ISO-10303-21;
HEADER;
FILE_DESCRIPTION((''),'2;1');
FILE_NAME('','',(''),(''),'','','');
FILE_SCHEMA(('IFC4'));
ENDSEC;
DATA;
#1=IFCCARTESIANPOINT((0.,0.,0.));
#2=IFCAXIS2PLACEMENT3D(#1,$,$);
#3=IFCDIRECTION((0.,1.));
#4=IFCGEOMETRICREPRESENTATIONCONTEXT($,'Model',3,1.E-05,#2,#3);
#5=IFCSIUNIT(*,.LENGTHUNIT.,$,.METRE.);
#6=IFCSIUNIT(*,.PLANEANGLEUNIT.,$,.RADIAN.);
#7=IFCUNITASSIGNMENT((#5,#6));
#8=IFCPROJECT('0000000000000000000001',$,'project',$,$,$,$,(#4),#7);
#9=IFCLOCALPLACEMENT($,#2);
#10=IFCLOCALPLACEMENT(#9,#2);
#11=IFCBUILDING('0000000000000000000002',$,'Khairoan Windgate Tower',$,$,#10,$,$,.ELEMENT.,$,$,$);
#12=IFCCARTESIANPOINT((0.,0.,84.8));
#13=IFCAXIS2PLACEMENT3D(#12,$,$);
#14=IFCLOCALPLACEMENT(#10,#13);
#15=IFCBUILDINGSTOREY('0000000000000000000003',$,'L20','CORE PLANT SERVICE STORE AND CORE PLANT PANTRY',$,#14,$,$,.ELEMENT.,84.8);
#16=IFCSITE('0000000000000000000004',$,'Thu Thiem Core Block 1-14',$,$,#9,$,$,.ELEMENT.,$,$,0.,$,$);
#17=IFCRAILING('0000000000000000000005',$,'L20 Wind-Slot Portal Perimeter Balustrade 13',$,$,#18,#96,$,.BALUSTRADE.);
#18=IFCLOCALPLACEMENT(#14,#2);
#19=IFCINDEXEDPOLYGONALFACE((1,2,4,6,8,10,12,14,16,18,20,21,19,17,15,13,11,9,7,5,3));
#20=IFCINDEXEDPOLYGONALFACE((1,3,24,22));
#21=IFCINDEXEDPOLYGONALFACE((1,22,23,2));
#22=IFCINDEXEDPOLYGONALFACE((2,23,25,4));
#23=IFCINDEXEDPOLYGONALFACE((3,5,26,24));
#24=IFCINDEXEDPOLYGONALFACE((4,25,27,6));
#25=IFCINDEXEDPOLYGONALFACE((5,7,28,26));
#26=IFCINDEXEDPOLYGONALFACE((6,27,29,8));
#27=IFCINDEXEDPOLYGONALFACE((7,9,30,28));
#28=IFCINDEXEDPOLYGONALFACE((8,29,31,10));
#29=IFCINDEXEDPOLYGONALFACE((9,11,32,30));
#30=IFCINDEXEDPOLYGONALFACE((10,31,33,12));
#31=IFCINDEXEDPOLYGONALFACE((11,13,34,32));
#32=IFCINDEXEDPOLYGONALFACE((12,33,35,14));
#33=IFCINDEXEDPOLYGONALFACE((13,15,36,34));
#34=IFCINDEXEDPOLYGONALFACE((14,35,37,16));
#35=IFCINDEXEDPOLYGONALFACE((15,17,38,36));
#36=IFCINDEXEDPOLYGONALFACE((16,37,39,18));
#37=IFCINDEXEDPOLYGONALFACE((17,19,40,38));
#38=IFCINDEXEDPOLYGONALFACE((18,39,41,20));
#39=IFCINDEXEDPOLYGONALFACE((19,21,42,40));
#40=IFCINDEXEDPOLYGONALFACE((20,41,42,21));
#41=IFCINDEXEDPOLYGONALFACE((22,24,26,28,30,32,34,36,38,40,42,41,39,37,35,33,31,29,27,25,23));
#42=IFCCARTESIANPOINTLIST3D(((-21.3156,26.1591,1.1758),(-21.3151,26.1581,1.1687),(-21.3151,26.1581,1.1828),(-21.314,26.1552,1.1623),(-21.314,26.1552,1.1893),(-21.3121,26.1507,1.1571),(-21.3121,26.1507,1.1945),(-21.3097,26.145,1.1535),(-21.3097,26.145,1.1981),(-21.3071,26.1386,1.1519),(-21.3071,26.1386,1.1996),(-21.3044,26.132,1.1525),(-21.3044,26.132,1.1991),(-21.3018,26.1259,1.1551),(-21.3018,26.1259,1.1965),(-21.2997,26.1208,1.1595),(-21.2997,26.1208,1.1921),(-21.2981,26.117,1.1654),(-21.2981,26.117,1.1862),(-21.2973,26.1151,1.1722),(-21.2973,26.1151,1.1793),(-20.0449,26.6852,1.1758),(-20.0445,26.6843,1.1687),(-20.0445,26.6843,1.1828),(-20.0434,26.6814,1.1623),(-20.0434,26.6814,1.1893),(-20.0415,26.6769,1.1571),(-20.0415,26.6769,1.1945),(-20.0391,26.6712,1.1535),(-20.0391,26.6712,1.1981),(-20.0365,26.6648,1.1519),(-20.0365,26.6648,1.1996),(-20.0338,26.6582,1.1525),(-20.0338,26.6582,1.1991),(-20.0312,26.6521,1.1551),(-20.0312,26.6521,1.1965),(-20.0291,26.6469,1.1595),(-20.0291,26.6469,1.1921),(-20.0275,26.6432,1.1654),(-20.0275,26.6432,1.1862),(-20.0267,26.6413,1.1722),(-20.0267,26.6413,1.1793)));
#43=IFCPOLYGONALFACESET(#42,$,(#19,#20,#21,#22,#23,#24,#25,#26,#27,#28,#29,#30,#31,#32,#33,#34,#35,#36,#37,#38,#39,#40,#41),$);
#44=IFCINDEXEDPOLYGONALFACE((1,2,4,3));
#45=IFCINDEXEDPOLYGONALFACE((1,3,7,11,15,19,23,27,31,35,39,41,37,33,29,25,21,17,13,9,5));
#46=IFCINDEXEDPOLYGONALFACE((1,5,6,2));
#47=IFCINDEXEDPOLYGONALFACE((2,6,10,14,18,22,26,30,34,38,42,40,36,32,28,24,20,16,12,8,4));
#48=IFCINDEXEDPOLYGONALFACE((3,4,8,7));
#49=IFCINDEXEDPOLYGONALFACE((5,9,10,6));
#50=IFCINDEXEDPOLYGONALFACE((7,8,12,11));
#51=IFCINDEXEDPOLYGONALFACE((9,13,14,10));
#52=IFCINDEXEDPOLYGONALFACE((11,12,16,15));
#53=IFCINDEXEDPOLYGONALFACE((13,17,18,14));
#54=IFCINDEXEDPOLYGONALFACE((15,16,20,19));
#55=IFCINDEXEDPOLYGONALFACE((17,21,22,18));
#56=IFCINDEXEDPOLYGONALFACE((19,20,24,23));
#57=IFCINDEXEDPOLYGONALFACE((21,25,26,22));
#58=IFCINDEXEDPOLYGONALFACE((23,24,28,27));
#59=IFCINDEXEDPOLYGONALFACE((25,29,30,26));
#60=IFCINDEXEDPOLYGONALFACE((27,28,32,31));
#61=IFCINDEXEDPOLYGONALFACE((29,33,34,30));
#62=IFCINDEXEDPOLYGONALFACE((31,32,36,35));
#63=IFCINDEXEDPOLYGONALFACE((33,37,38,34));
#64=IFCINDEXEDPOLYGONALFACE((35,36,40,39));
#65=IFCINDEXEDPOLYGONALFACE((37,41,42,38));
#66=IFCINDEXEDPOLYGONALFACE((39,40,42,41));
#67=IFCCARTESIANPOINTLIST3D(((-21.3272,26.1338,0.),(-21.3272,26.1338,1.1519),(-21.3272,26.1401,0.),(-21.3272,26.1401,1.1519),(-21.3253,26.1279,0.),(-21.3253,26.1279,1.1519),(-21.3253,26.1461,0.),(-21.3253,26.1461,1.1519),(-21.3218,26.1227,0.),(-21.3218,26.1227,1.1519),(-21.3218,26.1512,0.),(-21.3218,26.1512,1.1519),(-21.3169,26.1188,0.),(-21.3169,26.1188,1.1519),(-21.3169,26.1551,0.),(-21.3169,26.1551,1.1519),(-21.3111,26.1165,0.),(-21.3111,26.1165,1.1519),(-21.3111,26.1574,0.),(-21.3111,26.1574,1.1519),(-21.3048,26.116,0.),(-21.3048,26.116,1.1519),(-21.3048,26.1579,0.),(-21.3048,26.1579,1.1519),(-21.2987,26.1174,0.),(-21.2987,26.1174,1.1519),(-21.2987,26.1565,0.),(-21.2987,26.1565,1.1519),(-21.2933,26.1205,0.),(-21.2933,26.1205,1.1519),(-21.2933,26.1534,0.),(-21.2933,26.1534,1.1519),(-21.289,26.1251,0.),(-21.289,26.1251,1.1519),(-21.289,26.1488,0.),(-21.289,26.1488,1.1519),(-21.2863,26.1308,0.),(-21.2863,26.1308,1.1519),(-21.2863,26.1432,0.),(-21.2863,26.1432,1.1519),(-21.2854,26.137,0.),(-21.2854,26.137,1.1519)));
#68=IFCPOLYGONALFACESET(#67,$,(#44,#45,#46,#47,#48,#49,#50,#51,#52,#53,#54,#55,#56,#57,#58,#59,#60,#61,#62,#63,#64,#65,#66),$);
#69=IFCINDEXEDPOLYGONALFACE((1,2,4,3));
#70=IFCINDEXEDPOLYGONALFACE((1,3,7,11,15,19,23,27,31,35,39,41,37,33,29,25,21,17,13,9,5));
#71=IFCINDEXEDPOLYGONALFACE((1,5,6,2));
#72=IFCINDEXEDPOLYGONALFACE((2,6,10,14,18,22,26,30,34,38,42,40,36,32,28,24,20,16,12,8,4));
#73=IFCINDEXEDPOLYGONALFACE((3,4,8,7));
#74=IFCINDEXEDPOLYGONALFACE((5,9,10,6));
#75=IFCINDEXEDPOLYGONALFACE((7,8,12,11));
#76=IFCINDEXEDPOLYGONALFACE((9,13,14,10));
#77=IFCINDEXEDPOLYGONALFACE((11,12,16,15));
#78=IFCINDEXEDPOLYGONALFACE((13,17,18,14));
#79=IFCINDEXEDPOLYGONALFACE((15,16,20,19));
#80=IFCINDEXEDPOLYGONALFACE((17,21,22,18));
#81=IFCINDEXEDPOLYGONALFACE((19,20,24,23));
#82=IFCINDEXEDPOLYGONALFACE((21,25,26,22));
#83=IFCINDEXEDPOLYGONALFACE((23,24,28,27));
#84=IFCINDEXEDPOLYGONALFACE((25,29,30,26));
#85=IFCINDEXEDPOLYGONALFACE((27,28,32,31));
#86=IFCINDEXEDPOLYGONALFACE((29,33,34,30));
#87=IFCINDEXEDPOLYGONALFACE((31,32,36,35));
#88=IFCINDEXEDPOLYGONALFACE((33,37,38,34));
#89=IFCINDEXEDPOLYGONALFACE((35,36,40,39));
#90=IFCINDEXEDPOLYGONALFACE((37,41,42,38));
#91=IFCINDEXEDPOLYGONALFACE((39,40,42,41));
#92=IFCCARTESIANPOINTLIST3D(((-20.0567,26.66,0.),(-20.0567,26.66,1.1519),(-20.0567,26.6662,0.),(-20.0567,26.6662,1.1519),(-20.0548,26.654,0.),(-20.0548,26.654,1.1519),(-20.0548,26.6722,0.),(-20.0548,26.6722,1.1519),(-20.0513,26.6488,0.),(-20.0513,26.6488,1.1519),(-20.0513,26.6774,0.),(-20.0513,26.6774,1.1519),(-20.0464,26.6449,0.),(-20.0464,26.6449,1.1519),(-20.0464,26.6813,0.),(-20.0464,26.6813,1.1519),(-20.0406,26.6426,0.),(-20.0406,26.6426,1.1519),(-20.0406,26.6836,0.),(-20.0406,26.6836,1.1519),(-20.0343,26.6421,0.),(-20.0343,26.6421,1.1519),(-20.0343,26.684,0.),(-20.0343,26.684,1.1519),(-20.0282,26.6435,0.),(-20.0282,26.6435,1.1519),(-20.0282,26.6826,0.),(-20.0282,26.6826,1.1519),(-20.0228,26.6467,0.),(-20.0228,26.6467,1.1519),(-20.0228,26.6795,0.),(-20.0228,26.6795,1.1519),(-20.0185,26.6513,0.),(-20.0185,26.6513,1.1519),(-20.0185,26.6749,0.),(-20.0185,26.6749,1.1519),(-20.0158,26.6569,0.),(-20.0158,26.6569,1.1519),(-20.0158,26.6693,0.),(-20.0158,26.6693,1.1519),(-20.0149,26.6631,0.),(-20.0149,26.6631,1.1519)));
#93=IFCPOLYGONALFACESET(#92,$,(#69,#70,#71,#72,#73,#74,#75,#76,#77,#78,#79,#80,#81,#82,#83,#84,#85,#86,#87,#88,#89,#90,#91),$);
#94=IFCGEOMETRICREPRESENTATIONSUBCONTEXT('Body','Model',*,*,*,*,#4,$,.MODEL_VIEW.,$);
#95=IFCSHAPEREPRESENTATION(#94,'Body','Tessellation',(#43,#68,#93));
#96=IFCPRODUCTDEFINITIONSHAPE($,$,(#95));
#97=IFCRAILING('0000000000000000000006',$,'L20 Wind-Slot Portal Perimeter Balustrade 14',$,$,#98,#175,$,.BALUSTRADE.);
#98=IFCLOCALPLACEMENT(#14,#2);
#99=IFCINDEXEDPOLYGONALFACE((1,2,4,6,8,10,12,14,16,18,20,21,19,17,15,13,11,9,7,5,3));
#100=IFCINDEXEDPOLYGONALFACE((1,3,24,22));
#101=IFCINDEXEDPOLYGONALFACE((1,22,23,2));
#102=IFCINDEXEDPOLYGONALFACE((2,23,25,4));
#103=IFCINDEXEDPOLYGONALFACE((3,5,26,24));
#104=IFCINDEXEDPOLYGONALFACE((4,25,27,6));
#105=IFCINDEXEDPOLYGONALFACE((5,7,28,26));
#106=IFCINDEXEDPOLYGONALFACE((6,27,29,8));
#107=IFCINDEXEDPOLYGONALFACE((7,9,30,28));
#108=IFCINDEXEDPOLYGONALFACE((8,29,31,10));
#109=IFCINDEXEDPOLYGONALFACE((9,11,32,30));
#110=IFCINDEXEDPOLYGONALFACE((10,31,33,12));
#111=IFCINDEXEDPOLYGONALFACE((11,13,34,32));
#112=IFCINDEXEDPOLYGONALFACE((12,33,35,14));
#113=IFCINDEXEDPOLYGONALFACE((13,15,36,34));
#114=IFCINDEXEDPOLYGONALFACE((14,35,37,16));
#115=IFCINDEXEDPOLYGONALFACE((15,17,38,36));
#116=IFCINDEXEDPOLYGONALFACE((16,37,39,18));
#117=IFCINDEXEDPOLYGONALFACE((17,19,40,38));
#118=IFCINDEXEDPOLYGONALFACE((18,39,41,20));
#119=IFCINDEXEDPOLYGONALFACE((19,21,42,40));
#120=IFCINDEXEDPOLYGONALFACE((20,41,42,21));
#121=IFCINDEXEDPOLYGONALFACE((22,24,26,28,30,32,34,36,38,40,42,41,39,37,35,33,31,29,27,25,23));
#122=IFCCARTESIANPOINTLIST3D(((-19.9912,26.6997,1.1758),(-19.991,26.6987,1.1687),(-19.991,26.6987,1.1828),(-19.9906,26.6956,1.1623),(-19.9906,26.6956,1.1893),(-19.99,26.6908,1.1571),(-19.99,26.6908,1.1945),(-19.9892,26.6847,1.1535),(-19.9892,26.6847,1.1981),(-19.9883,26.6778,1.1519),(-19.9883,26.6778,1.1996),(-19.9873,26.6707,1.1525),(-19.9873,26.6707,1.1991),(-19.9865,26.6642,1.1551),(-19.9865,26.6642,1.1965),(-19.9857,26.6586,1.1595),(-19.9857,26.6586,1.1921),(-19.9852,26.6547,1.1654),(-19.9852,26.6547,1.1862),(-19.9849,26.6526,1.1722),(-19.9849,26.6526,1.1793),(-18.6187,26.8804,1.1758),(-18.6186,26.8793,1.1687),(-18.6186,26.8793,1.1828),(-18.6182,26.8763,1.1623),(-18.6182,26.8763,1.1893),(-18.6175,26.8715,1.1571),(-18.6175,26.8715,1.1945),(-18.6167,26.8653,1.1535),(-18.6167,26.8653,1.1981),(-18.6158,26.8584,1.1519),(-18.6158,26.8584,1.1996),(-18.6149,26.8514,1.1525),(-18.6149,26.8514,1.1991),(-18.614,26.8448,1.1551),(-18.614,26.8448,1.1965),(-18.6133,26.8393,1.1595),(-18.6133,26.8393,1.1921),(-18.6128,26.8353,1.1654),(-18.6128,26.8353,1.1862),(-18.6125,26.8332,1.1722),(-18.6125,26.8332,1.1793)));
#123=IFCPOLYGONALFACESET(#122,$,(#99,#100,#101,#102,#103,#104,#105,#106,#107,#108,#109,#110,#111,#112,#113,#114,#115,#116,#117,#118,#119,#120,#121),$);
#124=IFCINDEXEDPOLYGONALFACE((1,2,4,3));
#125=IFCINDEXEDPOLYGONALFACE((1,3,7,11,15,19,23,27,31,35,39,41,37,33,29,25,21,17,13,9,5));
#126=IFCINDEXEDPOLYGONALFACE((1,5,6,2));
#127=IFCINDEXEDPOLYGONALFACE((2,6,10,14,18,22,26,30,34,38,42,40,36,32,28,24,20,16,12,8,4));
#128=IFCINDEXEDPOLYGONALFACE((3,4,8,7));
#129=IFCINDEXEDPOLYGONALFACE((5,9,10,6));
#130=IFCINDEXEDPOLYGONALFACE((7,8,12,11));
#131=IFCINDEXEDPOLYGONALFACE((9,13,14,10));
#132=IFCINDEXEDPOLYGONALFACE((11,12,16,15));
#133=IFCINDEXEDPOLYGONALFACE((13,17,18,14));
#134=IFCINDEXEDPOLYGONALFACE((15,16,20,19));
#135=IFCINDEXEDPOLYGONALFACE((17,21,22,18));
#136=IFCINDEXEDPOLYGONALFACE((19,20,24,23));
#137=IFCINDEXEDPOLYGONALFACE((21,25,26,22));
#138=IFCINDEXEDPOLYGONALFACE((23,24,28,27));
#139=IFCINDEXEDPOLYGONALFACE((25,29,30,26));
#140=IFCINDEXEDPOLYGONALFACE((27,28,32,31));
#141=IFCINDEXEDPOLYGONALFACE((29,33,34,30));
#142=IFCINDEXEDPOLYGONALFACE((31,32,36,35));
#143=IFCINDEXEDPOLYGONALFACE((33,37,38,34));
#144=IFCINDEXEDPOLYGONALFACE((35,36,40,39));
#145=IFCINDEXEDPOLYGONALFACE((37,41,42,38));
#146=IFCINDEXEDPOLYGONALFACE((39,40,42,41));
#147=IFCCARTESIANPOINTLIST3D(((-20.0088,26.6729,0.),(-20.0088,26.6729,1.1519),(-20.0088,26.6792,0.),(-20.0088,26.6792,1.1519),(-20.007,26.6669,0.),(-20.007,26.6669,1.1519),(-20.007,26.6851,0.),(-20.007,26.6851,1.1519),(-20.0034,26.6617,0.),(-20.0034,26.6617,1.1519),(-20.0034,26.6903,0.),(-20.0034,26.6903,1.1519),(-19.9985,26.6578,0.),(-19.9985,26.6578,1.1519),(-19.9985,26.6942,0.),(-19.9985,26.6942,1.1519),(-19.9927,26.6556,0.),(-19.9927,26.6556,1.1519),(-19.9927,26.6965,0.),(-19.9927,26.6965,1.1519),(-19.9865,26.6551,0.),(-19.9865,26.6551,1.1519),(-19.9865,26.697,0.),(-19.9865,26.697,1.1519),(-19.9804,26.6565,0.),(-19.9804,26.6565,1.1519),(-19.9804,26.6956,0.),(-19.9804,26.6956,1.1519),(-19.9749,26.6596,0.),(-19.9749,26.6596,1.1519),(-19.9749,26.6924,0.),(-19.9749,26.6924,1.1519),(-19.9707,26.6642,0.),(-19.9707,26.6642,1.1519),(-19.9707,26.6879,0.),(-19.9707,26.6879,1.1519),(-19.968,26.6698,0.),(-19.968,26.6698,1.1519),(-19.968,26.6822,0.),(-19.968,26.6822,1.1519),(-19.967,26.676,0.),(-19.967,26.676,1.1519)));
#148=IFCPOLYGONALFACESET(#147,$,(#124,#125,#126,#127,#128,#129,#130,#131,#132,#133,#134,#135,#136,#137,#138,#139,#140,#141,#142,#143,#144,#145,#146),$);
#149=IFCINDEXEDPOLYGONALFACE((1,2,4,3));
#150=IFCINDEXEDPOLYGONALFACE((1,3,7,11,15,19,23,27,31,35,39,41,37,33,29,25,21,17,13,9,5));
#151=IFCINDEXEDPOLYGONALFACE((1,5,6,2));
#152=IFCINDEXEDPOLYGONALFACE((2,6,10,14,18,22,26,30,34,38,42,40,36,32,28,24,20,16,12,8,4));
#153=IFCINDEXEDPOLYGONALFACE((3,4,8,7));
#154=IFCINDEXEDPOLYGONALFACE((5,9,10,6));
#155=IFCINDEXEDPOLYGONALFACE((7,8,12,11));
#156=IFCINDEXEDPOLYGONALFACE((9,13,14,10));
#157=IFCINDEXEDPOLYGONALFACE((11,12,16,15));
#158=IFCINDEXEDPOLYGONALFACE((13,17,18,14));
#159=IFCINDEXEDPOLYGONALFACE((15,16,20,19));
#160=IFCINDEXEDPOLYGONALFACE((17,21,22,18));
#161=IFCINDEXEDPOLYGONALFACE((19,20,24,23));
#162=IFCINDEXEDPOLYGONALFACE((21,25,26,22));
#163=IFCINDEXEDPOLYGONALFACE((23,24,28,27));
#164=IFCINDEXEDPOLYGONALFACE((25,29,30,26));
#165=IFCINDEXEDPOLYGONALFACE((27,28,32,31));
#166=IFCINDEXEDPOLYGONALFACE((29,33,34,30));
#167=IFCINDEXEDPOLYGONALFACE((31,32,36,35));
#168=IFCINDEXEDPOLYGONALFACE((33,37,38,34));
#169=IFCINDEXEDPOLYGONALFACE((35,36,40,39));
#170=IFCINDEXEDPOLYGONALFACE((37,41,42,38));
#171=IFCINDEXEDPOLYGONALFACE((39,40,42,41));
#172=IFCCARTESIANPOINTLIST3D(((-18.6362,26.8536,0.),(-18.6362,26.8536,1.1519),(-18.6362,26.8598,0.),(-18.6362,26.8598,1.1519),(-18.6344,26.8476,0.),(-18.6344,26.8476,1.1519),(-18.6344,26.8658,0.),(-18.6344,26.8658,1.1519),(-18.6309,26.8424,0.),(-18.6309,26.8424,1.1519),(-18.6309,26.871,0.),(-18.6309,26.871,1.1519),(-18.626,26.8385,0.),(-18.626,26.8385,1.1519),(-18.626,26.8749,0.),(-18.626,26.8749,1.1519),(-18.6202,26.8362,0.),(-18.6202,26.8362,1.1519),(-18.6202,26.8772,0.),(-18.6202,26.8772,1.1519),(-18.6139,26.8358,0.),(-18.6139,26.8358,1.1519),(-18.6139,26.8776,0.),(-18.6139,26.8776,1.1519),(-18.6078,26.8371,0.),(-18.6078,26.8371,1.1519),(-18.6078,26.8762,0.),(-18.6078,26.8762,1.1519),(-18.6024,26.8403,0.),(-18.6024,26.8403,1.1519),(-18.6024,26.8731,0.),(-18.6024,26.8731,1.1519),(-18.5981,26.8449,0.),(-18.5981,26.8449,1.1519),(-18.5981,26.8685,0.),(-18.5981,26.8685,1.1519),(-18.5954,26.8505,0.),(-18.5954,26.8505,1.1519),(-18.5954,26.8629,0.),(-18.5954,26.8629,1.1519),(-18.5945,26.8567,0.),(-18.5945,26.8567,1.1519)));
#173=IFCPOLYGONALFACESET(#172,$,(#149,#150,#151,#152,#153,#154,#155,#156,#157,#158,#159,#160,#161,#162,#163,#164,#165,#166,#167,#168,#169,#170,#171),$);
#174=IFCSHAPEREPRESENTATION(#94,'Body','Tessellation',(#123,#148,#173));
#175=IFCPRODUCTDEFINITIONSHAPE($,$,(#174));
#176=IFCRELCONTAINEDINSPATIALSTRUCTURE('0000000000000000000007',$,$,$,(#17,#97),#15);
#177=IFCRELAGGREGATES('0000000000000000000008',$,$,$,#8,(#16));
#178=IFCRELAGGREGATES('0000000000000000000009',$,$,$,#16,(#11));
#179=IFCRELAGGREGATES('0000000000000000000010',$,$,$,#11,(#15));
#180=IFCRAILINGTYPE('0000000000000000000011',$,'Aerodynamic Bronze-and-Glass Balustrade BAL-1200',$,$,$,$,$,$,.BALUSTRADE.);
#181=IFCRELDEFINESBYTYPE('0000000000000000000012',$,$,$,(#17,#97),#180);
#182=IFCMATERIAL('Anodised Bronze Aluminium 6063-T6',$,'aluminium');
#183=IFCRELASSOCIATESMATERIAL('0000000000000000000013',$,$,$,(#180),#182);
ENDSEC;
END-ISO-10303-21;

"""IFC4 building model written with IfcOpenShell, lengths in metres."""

from ifc_helpers import new_model, si_unit, direction, frame, origin, origin_2d, place, context, subcontext, project, spatial, circle, extrude, material, type_object, element, save


model = new_model("IFC4")

# Units and contexts
model_context = context("Model", 3, precision=1e-05, world=origin(), true_north=direction((0.0, 1.0)))
body_context = subcontext(model_context, "Body", "Model", "MODEL_VIEW")
ifc_project = project(units=[si_unit("LENGTHUNIT", "METRE"), si_unit("PLANEANGLEUNIT", "RADIAN")], contexts=[model_context])

# Site, building, storey
site_placement = place(None, origin())
site = spatial("IfcSite", under=ifc_project, at=site_placement, Name="Thu Thiem Core Block 1-14", CompositionType="ELEMENT", RefElevation=0.0)
building_placement = place(site_placement, origin())
building = spatial("IfcBuilding", under=site, at=building_placement, Name="Khairoan Windgate Tower", CompositionType="ELEMENT")
storey_placement = place(building_placement, frame((0.0, 0.0, 84.8)))
storey = spatial("IfcBuildingStorey", under=building, at=storey_placement, Name="L20", Description="CORE PLANT SERVICE STORE AND CORE PLANT PANTRY", CompositionType="ELEMENT", Elevation=84.8)

# Railings
ifc_material_1 = material(Name="Anodised Bronze Aluminium 6063-T6", Category="aluminium")
railing_type_1 = type_object("IfcRailingType", Name="Aerodynamic Bronze-and-Glass Balustrade BAL-1200", PredefinedType="BALUSTRADE", material=ifc_material_1)
railing_1_placement = place(storey_placement, frame((-21.3064, 26.137, 0.0)))
element("IfcRailing", 1, at=railing_1_placement, inside=storey, type_object=railing_type_1, Name="L20 Wind-Slot Portal Perimeter Balustrade 13", PredefinedType="BALUSTRADE", context=body_context, shape_type="SweptSolid", body=[
    extrude(circle(Radius=0.0239, at=origin_2d()), frame((0.0, 0.0, 1.1758), z_axis=(0.923915, 0.382597, 0.0), x_axis=(-0.382597, 0.923915, 0.0)), (0.0, 0.0, 1.0), 1.3752),
    extrude(circle(Radius=0.021, at=origin_2d()), origin(), (0.0, 0.0, 1.0), 1.1519),
    extrude(circle(Radius=0.021, at=origin_2d()), frame((1.2705, 0.5261, 0.0)), (0.0, 0.0, 1.0), 1.1519),
])
railing_2_placement = place(storey_placement, frame((-19.988, 26.676, 0.0)))
element("IfcRailing", 2, at=railing_2_placement, inside=storey, type_object=railing_type_1, Name="L20 Wind-Slot Portal Perimeter Balustrade 14", PredefinedType="BALUSTRADE", context=body_context, shape_type="SweptSolid", body=[
    extrude(circle(Radius=0.0239, at=origin_2d()), frame((0.0, 0.0, 1.1758), z_axis=(0.991448, 0.1305, 0.0), x_axis=(-0.1305, 0.991448, 0.0)), (0.0, 0.0, 1.0), 1.3843),
    extrude(circle(Radius=0.021, at=origin_2d()), origin(), (0.0, 0.0, 1.0), 1.1519),
    extrude(circle(Radius=0.021, at=origin_2d()), frame((1.3726, 0.1807, 0.0)), (0.0, 0.0, 1.0), 1.1519),
])

save(model, "model.ifc")
